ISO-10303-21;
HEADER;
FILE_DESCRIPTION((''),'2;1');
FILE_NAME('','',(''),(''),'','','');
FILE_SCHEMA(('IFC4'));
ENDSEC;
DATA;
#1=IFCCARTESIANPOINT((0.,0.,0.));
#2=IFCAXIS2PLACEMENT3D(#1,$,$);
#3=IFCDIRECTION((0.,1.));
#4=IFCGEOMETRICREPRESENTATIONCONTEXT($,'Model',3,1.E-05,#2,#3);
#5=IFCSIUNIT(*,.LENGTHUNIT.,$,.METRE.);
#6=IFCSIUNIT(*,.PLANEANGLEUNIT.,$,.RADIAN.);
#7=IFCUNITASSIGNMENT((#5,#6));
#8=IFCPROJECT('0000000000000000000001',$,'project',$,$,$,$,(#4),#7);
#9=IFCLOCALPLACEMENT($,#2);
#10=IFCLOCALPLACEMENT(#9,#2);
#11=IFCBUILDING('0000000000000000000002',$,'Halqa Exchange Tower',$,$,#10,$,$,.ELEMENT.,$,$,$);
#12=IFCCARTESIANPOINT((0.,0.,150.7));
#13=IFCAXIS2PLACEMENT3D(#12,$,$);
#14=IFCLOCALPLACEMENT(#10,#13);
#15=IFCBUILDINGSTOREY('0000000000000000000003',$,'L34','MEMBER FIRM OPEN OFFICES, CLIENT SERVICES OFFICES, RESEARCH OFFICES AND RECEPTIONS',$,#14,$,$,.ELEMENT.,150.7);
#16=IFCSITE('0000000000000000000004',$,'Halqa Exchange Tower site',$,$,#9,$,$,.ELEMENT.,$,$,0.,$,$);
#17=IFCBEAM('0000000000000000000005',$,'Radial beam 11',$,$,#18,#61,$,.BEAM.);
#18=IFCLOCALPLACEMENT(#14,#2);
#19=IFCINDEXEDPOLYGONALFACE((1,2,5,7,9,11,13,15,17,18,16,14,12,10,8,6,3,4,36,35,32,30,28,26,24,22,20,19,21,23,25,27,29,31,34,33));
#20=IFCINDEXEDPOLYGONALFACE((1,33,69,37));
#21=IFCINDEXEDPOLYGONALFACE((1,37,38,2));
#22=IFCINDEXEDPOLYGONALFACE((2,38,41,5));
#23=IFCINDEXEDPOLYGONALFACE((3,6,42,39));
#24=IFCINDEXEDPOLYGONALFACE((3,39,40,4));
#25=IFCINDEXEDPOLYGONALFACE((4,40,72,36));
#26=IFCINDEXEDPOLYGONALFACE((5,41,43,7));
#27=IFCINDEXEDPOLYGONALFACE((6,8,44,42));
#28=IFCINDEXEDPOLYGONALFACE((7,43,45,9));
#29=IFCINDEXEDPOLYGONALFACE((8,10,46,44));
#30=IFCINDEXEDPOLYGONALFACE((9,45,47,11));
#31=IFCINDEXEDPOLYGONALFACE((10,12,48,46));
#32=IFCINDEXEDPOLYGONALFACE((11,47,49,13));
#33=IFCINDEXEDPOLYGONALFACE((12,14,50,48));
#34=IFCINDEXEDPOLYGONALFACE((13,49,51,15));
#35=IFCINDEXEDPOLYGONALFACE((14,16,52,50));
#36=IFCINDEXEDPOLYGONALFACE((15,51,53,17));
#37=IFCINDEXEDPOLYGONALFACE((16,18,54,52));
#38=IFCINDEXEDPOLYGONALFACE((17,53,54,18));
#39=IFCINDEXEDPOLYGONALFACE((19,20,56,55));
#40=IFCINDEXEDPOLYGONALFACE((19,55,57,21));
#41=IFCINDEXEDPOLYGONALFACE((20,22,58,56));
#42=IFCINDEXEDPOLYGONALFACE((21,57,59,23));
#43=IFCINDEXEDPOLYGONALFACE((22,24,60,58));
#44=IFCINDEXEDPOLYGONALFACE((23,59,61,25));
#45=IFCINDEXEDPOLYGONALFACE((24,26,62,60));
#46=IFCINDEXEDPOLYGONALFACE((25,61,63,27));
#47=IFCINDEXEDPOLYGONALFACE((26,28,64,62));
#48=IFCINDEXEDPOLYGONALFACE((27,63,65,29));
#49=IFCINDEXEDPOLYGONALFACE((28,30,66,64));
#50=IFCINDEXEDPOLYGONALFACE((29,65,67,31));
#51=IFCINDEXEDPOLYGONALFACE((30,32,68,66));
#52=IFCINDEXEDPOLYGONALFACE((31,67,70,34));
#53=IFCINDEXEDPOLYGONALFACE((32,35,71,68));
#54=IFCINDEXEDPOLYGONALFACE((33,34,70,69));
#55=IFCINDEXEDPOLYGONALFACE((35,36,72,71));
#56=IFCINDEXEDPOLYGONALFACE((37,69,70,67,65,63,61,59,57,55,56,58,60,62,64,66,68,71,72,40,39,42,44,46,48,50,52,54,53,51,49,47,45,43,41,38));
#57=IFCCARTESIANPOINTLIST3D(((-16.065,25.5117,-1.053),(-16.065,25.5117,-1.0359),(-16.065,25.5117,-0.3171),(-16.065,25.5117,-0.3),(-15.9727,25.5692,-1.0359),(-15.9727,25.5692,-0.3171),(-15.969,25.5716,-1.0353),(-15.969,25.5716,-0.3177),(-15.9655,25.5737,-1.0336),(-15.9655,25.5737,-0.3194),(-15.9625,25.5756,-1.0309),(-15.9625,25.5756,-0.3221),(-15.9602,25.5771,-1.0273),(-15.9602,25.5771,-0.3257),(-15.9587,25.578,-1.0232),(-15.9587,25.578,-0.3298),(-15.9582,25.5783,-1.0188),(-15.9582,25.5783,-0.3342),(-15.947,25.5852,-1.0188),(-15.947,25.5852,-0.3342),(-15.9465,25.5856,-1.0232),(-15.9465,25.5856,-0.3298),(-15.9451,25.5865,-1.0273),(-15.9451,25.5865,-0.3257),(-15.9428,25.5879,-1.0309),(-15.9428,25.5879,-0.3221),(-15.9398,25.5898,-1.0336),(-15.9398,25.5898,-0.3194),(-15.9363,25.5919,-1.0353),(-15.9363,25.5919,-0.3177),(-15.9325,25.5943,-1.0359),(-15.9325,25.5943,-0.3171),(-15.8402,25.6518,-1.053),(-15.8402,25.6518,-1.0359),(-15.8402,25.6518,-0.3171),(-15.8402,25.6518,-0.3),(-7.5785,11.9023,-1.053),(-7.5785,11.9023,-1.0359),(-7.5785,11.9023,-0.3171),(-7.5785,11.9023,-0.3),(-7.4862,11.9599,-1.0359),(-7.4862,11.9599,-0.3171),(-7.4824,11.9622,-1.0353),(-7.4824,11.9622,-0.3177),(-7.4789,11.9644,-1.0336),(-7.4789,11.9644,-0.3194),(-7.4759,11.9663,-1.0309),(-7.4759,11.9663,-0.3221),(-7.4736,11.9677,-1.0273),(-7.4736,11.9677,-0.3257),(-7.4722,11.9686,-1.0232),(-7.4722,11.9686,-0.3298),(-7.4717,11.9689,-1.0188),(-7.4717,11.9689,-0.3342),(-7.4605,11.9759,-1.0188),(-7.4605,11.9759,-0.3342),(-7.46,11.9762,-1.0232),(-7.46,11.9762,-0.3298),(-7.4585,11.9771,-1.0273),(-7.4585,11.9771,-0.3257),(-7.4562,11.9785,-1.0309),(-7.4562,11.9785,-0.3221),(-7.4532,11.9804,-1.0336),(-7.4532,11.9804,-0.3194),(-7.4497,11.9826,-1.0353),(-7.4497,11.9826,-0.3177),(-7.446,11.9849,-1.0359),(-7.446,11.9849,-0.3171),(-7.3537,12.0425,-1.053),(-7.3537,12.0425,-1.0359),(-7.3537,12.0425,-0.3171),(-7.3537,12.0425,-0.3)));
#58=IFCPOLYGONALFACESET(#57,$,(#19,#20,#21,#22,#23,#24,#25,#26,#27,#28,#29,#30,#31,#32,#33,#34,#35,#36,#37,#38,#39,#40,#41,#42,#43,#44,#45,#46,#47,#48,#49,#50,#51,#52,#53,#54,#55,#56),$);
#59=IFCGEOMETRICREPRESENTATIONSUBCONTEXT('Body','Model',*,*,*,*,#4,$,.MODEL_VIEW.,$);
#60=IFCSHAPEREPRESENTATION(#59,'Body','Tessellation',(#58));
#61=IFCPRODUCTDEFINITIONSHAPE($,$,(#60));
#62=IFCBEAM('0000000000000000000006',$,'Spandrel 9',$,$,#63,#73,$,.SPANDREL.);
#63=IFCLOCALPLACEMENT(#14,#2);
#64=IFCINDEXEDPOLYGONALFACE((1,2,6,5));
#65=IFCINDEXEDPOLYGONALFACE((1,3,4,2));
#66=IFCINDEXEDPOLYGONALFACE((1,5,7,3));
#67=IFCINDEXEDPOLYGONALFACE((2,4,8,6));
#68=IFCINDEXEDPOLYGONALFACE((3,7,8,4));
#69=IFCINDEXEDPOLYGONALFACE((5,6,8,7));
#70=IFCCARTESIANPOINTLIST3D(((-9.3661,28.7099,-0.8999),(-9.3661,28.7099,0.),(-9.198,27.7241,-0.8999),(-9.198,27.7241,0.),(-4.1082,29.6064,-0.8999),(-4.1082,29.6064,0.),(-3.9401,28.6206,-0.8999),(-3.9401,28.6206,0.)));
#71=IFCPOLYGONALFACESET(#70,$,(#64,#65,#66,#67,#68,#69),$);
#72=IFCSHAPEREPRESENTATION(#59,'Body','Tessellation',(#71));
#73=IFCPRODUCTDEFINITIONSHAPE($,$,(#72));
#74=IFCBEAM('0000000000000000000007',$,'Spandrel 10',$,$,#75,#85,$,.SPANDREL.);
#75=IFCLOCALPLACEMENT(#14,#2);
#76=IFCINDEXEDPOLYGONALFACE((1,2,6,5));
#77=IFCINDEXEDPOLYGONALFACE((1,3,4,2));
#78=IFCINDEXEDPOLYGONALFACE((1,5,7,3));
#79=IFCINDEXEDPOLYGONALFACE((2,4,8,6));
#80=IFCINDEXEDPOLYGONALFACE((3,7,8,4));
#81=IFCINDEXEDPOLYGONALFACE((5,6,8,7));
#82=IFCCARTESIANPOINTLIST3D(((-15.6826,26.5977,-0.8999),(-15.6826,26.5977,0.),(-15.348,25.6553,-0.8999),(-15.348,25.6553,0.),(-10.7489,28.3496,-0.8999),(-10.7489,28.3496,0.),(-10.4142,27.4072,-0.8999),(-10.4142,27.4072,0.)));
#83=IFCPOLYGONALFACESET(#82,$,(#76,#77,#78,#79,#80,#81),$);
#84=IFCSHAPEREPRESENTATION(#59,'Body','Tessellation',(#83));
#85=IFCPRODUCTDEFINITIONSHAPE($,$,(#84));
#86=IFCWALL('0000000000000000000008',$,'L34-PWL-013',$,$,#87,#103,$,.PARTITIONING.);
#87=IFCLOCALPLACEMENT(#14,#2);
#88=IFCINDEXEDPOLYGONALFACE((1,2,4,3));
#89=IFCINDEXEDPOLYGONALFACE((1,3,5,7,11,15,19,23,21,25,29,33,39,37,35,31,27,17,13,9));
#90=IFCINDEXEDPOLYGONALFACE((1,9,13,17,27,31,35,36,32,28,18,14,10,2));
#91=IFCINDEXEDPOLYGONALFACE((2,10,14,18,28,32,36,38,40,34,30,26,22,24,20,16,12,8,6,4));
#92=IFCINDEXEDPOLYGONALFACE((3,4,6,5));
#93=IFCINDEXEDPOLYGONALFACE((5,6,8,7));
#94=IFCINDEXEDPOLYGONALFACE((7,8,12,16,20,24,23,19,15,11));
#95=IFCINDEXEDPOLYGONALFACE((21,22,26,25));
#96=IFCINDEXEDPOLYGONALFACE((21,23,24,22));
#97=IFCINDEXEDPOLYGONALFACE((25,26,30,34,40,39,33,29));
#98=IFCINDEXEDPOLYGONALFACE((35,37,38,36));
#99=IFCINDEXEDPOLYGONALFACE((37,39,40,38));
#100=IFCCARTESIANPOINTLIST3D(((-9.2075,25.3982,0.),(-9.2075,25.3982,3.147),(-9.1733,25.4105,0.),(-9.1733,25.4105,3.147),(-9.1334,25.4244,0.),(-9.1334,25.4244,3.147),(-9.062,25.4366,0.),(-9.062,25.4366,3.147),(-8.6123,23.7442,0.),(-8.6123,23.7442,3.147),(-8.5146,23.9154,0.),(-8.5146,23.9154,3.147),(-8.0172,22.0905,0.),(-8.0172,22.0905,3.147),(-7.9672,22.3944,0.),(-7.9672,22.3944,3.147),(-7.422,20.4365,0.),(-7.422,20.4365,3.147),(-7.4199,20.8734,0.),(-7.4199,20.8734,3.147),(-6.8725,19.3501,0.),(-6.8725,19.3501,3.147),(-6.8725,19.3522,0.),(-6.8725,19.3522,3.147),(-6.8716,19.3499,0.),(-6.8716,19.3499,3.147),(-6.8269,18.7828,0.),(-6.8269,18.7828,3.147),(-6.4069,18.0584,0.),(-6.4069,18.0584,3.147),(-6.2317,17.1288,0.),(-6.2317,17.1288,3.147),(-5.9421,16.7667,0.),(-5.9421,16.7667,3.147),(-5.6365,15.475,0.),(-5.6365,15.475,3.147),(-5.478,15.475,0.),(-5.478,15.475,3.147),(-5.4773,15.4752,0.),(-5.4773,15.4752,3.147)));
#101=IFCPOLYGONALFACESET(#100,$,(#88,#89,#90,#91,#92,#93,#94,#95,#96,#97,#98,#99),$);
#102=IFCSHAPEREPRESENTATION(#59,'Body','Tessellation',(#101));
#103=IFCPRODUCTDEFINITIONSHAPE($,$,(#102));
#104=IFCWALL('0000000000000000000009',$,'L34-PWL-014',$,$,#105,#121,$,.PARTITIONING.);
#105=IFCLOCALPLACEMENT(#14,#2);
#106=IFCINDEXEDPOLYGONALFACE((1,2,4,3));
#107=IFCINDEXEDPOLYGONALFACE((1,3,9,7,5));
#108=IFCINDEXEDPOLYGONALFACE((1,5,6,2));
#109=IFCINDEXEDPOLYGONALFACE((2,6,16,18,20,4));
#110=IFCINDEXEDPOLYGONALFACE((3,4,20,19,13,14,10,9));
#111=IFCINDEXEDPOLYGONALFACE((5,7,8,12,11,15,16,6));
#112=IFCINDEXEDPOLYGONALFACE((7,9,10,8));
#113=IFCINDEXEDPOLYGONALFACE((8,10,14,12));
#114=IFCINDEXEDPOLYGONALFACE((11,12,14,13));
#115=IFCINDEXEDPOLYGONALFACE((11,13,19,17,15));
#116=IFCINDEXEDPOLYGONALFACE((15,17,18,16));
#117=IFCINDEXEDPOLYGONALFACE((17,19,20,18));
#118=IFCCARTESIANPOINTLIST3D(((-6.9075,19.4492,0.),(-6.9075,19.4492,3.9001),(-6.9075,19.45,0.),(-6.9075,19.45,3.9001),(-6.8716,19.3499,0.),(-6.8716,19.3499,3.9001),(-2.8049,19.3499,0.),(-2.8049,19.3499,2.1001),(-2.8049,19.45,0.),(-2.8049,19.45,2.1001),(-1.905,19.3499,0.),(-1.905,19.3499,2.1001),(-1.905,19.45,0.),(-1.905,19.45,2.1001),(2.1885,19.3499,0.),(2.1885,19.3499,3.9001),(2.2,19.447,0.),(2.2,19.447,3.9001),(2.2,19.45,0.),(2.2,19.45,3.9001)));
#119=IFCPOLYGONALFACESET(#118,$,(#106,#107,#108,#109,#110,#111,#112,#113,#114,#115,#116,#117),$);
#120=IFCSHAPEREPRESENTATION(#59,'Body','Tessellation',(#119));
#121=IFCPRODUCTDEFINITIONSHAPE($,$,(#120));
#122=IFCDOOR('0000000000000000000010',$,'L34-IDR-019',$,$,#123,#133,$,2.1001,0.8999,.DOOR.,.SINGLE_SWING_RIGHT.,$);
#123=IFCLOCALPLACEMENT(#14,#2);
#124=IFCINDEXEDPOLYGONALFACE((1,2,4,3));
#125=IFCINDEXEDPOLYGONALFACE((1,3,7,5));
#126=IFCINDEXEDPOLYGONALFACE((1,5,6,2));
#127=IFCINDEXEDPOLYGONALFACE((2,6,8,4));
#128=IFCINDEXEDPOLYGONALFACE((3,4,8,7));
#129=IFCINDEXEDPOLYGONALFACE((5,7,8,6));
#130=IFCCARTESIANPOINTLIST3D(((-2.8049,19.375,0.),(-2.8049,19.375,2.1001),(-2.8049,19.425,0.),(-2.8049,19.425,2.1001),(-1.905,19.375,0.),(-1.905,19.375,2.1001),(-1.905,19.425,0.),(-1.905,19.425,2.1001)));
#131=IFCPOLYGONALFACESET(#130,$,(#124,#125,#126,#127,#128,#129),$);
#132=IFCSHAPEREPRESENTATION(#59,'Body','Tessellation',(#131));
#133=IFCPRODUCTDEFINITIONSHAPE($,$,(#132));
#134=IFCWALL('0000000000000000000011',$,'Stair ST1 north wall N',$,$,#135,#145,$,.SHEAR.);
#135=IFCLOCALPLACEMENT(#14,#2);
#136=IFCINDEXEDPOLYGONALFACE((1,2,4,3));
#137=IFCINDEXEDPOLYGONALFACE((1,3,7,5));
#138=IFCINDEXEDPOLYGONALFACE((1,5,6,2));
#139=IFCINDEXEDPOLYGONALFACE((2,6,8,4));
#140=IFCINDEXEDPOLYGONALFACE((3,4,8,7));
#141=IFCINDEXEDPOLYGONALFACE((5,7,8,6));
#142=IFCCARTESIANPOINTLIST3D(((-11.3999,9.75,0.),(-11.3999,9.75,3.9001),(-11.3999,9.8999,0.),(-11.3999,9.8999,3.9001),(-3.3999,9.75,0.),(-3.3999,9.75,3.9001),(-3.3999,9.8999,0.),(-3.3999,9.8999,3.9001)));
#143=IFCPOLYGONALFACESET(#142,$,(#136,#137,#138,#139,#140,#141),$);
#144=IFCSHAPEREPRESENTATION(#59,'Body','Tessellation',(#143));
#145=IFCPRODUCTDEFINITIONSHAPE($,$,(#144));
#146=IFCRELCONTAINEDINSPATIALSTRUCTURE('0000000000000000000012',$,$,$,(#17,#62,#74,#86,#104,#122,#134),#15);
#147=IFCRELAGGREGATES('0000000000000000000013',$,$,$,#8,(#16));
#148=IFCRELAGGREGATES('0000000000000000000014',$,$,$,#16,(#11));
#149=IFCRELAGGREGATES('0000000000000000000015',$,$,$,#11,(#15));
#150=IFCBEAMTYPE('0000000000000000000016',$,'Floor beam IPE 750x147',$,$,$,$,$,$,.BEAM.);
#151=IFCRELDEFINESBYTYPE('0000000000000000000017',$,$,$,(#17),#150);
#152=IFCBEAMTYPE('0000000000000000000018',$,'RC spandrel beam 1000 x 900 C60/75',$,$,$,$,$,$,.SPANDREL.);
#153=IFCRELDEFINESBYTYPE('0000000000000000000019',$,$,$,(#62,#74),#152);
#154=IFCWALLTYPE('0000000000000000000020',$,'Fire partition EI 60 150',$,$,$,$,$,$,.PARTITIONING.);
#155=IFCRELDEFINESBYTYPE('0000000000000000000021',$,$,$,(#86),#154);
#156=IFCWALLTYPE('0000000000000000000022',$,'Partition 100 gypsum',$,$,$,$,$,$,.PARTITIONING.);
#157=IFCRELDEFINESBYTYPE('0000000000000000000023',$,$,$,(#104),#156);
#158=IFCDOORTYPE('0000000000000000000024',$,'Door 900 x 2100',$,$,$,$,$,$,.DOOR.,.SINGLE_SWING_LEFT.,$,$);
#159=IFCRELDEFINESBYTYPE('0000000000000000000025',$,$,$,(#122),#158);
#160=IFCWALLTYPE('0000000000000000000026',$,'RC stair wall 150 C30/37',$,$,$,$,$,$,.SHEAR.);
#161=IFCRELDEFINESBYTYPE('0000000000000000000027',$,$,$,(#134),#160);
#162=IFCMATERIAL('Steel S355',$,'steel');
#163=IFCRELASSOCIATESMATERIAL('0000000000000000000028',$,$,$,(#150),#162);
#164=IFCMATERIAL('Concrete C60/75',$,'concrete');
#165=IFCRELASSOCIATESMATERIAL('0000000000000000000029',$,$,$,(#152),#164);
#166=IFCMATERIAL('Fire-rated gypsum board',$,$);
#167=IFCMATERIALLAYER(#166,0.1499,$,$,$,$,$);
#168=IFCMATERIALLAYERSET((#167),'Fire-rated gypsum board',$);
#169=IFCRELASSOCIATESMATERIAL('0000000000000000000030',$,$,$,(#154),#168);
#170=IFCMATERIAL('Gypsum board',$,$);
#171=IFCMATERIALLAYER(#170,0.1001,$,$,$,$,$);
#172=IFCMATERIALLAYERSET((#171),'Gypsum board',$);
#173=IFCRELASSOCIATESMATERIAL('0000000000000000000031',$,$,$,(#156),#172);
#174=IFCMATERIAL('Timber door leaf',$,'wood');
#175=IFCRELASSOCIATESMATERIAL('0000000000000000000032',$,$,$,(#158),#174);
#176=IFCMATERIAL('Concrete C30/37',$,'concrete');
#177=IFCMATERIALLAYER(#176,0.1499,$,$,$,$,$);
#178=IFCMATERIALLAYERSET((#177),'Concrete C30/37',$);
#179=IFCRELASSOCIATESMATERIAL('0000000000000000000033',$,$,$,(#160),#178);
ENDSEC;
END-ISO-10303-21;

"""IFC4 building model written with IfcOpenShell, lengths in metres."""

from ifc_helpers import new_model, si_unit, direction, frame, frame_2d, origin, origin_2d, place, context, subcontext, project, spatial, polyline, rectangle, i_section, outline, extrude, material, layer, layer_set, material_profile, profile_set, type_object, element, fill, save


model = new_model("IFC4")

# Units and contexts
model_context = context("Model", 3, precision=1e-05, world=origin(), true_north=direction((0.0, 1.0)))
body_context = subcontext(model_context, "Body", "Model", "MODEL_VIEW")
ifc_project = project(units=[si_unit("LENGTHUNIT", "METRE"), si_unit("PLANEANGLEUNIT", "RADIAN")], contexts=[model_context])

# Site, building, storey
site_placement = place(None, origin())
site = spatial("IfcSite", under=ifc_project, at=site_placement, Name="Halqa Exchange Tower site", CompositionType="ELEMENT", RefElevation=0.0)
building_placement = place(site_placement, origin())
building = spatial("IfcBuilding", under=site, at=building_placement, Name="Halqa Exchange Tower", CompositionType="ELEMENT")
storey_placement = place(building_placement, frame((0.0, 0.0, 150.7)))
storey = spatial("IfcBuildingStorey", under=building, at=storey_placement, Name="L34", Description="MEMBER FIRM OPEN OFFICES, CLIENT SERVICES OFFICES, RESEARCH OFFICES AND RECEPTIONS", CompositionType="ELEMENT", Elevation=150.7)

# Beams
ifc_material_1 = material(Name="Steel S355", Category="steel")
ifc_material_profile_1 = material_profile(ifc_material_1, i_section(OverallWidth=0.2649, OverallDepth=0.7529, WebThickness=0.0132, FlangeThickness=0.0171, FilletRadius=0.0171, at=origin_2d()), Name="IPE 750x147")
ifc_profile_set_1 = profile_set([ifc_material_profile_1], Name="Steel S355")
beam_type_1 = type_object("IfcBeamType", Name="Floor beam IPE 750x147", PredefinedType="BEAM", material=ifc_profile_set_1)
beam_1_placement = place(storey_placement, frame((-7.4661, 11.9724, -0.6765), z_axis=(-0.529134, 0.848538, 0.0), x_axis=(-0.848538, -0.529134, 0.0)))
element("IfcBeam", 1, at=beam_1_placement, inside=storey, type_object=beam_type_1, Name="Radial beam 11", PredefinedType="BEAM", context=body_context, shape_type="SweptSolid", body=[
    extrude(i_section(OverallWidth=0.2649, OverallDepth=0.7529, WebThickness=0.0132, FlangeThickness=0.0171, FilletRadius=0.0171, at=origin_2d()), origin(), (0.0, 0.0, 1.0), 16.0386),
])
ifc_material_2 = material(Name="Concrete C60/75", Category="concrete")
ifc_material_profile_2 = material_profile(ifc_material_2, rectangle(XDim=1.0, YDim=0.8999, at=origin_2d()), Name="1000 x 900")
ifc_profile_set_2 = profile_set([ifc_material_profile_2], Name="Concrete C60/75")
beam_type_2 = type_object("IfcBeamType", Name="RC spandrel beam 1000 x 900 C60/75", PredefinedType="SPANDREL", material=ifc_profile_set_2)
beam_2_placement = place(storey_placement, frame((-4.0242, 29.1135, -0.45), z_axis=(-0.985773, -0.168079, 0.0), x_axis=(0.168079, -0.985773, 0.0)))
element("IfcBeam", 2, at=beam_2_placement, inside=storey, type_object=beam_type_2, Name="Spandrel 9", PredefinedType="SPANDREL", context=body_context, shape_type="SweptSolid", body=[
    extrude(rectangle(XDim=1.0, YDim=0.8999, at=origin_2d()), origin(), (0.0, 0.0, 1.0), 5.3337),
])
beam_3_placement = place(storey_placement, frame((-10.5815, 27.8784, -0.45), z_axis=(-0.942353, -0.33462, 0.0), x_axis=(0.33462, -0.942353, 0.0)))
element("IfcBeam", 3, at=beam_3_placement, inside=storey, type_object=beam_type_2, Name="Spandrel 10", PredefinedType="SPANDREL", context=body_context, shape_type="SweptSolid", body=[
    extrude(rectangle(XDim=1.0, YDim=0.8999, at=origin_2d()), origin(), (0.0, 0.0, 1.0), 5.2356),
])

# Wall
ifc_material_3 = material(Name="Fire-rated gypsum board")
ifc_layer_1 = layer(ifc_material_3, 0.1499)
ifc_layer_set_1 = layer_set([ifc_layer_1], Name="Fire-rated gypsum board")
wall_type_1 = type_object("IfcWallType", Name="Fire partition EI 60 150", PredefinedType="PARTITIONING", material=ifc_layer_set_1)
wall_1_placement = place(storey_placement, frame((-9.137, 25.4236, 0.0), z_axis=(0.0, 0.0, 1.0), x_axis=(0.338603, -0.940929, 0.0)))
element("IfcWall", 4, at=wall_1_placement, inside=storey, type_object=wall_type_1, Name="L34-PWL-013", PredefinedType="PARTITIONING", context=body_context, shape_type="SweptSolid", body=[
    extrude(outline(polyline([(0.0, -0.075), (1.7578, -0.075), (3.5154, -0.075), (5.2732, -0.075), (7.0308, -0.075), (8.7886, -0.075), (10.5461, -0.075), (10.5999, 0.0742), (10.5999, 0.075), (9.2273, 0.075), (7.8545, 0.075), (6.4819, 0.075), (6.4814, 0.0742), (6.4795, 0.075), (4.8628, 0.075), (3.2463, 0.075), (1.6299, 0.075), (0.0132, 0.075), (0.0005, 0.0037), (0.0, -0.0386), (0.0, -0.075)])), origin(), (0.0, 0.0, 1.0), 3.147),
])

# Wall, opening, door
ifc_material_4 = material(Name="Gypsum board")
ifc_layer_2 = layer(ifc_material_4, 0.1001)
ifc_layer_set_2 = layer_set([ifc_layer_2], Name="Gypsum board")
wall_type_2 = type_object("IfcWallType", Name="Partition 100 gypsum", PredefinedType="PARTITIONING", material=ifc_layer_set_2)
wall_2_placement = place(storey_placement, frame((-6.9075, 19.3999, 0.0), z_axis=(0.0, 0.0, 1.0), x_axis=(1.0, 0.0, 0.0)))
wall_2 = element("IfcWall", 5, at=wall_2_placement, inside=storey, type_object=wall_type_2, Name="L34-PWL-014", PredefinedType="PARTITIONING", context=body_context, shape_type="SweptSolid", body=[
    extrude(outline(polyline([(0.0359, -0.05), (1.8479, -0.05), (3.6599, -0.05), (5.4719, -0.05), (7.2839, -0.05), (9.0959, -0.05), (9.1074, 0.0471), (9.1074, 0.05), (7.2859, 0.05), (5.4644, 0.05), (3.6431, 0.05), (1.8215, 0.05), (0.0, 0.05), (0.0, 0.0493), (0.0359, -0.05)])), origin(), (0.0, 0.0, 1.0), 3.9001),
])
opening_1_placement = place(wall_2_placement, frame((4.1025, 0.0, 0.0)))
opening_1 = element("IfcOpeningElement", 6, at=opening_1_placement, cuts=wall_2, PredefinedType="OPENING", context=body_context, shape_type="SweptSolid", body=[
    extrude(rectangle(XDim=0.8999, YDim=2.1001, at=frame_2d((0.45, 1.05))), frame((0.0, 0.062, 0.0), z_axis=(0.0, -1.0, 0.0), x_axis=(1.0, 0.0, 0.0)), (0.0, 0.0, 1.0), 0.124),
])
ifc_material_5 = material(Name="Timber door leaf", Category="wood")
door_type = type_object("IfcDoorType", Name="Door 900 x 2100", OperationType="SINGLE_SWING_LEFT", PredefinedType="DOOR", material=ifc_material_5)
door_placement = place(opening_1_placement, frame((0.8999, 0.0, 0.0), z_axis=(0.0, 0.0, 1.0), x_axis=(-1.0, 0.0, 0.0)))
door = element("IfcDoor", 7, at=door_placement, inside=storey, type_object=door_type, Name="L34-IDR-019", OperationType="SINGLE_SWING_RIGHT", OverallHeight=2.1001, OverallWidth=0.8999, PredefinedType="DOOR", context=body_context, shape_type="SweptSolid", body=[
    extrude(rectangle(XDim=0.8999, YDim=2.1001, at=frame_2d((0.45, 1.05))), frame((0.0, 0.0249, 0.0), z_axis=(0.0, -1.0, 0.0), x_axis=(1.0, 0.0, 0.0)), (0.0, 0.0, 1.0), 0.05),
])
fill(opening_1, door)

# Wall
ifc_material_6 = material(Name="Concrete C30/37", Category="concrete")
ifc_layer_3 = layer(ifc_material_6, 0.1499)
ifc_layer_set_3 = layer_set([ifc_layer_3], Name="Concrete C30/37")
wall_type_3 = type_object("IfcWallType", Name="RC stair wall 150 C30/37", PredefinedType="SHEAR", material=ifc_layer_set_3)
wall_3_placement = place(storey_placement, frame((-11.3999, 9.825, 0.0), z_axis=(0.0, 0.0, 1.0), x_axis=(1.0, 0.0, 0.0)))
element("IfcWall", 8, at=wall_3_placement, inside=storey, type_object=wall_type_3, Name="Stair ST1 north wall N", PredefinedType="SHEAR", context=body_context, shape_type="SweptSolid", body=[
    extrude(rectangle(XDim=8.0, YDim=0.1499, at=frame_2d((4.0, 0.0))), origin(), (0.0, 0.0, 1.0), 3.9001),
])

save(model, "model.ifc")
